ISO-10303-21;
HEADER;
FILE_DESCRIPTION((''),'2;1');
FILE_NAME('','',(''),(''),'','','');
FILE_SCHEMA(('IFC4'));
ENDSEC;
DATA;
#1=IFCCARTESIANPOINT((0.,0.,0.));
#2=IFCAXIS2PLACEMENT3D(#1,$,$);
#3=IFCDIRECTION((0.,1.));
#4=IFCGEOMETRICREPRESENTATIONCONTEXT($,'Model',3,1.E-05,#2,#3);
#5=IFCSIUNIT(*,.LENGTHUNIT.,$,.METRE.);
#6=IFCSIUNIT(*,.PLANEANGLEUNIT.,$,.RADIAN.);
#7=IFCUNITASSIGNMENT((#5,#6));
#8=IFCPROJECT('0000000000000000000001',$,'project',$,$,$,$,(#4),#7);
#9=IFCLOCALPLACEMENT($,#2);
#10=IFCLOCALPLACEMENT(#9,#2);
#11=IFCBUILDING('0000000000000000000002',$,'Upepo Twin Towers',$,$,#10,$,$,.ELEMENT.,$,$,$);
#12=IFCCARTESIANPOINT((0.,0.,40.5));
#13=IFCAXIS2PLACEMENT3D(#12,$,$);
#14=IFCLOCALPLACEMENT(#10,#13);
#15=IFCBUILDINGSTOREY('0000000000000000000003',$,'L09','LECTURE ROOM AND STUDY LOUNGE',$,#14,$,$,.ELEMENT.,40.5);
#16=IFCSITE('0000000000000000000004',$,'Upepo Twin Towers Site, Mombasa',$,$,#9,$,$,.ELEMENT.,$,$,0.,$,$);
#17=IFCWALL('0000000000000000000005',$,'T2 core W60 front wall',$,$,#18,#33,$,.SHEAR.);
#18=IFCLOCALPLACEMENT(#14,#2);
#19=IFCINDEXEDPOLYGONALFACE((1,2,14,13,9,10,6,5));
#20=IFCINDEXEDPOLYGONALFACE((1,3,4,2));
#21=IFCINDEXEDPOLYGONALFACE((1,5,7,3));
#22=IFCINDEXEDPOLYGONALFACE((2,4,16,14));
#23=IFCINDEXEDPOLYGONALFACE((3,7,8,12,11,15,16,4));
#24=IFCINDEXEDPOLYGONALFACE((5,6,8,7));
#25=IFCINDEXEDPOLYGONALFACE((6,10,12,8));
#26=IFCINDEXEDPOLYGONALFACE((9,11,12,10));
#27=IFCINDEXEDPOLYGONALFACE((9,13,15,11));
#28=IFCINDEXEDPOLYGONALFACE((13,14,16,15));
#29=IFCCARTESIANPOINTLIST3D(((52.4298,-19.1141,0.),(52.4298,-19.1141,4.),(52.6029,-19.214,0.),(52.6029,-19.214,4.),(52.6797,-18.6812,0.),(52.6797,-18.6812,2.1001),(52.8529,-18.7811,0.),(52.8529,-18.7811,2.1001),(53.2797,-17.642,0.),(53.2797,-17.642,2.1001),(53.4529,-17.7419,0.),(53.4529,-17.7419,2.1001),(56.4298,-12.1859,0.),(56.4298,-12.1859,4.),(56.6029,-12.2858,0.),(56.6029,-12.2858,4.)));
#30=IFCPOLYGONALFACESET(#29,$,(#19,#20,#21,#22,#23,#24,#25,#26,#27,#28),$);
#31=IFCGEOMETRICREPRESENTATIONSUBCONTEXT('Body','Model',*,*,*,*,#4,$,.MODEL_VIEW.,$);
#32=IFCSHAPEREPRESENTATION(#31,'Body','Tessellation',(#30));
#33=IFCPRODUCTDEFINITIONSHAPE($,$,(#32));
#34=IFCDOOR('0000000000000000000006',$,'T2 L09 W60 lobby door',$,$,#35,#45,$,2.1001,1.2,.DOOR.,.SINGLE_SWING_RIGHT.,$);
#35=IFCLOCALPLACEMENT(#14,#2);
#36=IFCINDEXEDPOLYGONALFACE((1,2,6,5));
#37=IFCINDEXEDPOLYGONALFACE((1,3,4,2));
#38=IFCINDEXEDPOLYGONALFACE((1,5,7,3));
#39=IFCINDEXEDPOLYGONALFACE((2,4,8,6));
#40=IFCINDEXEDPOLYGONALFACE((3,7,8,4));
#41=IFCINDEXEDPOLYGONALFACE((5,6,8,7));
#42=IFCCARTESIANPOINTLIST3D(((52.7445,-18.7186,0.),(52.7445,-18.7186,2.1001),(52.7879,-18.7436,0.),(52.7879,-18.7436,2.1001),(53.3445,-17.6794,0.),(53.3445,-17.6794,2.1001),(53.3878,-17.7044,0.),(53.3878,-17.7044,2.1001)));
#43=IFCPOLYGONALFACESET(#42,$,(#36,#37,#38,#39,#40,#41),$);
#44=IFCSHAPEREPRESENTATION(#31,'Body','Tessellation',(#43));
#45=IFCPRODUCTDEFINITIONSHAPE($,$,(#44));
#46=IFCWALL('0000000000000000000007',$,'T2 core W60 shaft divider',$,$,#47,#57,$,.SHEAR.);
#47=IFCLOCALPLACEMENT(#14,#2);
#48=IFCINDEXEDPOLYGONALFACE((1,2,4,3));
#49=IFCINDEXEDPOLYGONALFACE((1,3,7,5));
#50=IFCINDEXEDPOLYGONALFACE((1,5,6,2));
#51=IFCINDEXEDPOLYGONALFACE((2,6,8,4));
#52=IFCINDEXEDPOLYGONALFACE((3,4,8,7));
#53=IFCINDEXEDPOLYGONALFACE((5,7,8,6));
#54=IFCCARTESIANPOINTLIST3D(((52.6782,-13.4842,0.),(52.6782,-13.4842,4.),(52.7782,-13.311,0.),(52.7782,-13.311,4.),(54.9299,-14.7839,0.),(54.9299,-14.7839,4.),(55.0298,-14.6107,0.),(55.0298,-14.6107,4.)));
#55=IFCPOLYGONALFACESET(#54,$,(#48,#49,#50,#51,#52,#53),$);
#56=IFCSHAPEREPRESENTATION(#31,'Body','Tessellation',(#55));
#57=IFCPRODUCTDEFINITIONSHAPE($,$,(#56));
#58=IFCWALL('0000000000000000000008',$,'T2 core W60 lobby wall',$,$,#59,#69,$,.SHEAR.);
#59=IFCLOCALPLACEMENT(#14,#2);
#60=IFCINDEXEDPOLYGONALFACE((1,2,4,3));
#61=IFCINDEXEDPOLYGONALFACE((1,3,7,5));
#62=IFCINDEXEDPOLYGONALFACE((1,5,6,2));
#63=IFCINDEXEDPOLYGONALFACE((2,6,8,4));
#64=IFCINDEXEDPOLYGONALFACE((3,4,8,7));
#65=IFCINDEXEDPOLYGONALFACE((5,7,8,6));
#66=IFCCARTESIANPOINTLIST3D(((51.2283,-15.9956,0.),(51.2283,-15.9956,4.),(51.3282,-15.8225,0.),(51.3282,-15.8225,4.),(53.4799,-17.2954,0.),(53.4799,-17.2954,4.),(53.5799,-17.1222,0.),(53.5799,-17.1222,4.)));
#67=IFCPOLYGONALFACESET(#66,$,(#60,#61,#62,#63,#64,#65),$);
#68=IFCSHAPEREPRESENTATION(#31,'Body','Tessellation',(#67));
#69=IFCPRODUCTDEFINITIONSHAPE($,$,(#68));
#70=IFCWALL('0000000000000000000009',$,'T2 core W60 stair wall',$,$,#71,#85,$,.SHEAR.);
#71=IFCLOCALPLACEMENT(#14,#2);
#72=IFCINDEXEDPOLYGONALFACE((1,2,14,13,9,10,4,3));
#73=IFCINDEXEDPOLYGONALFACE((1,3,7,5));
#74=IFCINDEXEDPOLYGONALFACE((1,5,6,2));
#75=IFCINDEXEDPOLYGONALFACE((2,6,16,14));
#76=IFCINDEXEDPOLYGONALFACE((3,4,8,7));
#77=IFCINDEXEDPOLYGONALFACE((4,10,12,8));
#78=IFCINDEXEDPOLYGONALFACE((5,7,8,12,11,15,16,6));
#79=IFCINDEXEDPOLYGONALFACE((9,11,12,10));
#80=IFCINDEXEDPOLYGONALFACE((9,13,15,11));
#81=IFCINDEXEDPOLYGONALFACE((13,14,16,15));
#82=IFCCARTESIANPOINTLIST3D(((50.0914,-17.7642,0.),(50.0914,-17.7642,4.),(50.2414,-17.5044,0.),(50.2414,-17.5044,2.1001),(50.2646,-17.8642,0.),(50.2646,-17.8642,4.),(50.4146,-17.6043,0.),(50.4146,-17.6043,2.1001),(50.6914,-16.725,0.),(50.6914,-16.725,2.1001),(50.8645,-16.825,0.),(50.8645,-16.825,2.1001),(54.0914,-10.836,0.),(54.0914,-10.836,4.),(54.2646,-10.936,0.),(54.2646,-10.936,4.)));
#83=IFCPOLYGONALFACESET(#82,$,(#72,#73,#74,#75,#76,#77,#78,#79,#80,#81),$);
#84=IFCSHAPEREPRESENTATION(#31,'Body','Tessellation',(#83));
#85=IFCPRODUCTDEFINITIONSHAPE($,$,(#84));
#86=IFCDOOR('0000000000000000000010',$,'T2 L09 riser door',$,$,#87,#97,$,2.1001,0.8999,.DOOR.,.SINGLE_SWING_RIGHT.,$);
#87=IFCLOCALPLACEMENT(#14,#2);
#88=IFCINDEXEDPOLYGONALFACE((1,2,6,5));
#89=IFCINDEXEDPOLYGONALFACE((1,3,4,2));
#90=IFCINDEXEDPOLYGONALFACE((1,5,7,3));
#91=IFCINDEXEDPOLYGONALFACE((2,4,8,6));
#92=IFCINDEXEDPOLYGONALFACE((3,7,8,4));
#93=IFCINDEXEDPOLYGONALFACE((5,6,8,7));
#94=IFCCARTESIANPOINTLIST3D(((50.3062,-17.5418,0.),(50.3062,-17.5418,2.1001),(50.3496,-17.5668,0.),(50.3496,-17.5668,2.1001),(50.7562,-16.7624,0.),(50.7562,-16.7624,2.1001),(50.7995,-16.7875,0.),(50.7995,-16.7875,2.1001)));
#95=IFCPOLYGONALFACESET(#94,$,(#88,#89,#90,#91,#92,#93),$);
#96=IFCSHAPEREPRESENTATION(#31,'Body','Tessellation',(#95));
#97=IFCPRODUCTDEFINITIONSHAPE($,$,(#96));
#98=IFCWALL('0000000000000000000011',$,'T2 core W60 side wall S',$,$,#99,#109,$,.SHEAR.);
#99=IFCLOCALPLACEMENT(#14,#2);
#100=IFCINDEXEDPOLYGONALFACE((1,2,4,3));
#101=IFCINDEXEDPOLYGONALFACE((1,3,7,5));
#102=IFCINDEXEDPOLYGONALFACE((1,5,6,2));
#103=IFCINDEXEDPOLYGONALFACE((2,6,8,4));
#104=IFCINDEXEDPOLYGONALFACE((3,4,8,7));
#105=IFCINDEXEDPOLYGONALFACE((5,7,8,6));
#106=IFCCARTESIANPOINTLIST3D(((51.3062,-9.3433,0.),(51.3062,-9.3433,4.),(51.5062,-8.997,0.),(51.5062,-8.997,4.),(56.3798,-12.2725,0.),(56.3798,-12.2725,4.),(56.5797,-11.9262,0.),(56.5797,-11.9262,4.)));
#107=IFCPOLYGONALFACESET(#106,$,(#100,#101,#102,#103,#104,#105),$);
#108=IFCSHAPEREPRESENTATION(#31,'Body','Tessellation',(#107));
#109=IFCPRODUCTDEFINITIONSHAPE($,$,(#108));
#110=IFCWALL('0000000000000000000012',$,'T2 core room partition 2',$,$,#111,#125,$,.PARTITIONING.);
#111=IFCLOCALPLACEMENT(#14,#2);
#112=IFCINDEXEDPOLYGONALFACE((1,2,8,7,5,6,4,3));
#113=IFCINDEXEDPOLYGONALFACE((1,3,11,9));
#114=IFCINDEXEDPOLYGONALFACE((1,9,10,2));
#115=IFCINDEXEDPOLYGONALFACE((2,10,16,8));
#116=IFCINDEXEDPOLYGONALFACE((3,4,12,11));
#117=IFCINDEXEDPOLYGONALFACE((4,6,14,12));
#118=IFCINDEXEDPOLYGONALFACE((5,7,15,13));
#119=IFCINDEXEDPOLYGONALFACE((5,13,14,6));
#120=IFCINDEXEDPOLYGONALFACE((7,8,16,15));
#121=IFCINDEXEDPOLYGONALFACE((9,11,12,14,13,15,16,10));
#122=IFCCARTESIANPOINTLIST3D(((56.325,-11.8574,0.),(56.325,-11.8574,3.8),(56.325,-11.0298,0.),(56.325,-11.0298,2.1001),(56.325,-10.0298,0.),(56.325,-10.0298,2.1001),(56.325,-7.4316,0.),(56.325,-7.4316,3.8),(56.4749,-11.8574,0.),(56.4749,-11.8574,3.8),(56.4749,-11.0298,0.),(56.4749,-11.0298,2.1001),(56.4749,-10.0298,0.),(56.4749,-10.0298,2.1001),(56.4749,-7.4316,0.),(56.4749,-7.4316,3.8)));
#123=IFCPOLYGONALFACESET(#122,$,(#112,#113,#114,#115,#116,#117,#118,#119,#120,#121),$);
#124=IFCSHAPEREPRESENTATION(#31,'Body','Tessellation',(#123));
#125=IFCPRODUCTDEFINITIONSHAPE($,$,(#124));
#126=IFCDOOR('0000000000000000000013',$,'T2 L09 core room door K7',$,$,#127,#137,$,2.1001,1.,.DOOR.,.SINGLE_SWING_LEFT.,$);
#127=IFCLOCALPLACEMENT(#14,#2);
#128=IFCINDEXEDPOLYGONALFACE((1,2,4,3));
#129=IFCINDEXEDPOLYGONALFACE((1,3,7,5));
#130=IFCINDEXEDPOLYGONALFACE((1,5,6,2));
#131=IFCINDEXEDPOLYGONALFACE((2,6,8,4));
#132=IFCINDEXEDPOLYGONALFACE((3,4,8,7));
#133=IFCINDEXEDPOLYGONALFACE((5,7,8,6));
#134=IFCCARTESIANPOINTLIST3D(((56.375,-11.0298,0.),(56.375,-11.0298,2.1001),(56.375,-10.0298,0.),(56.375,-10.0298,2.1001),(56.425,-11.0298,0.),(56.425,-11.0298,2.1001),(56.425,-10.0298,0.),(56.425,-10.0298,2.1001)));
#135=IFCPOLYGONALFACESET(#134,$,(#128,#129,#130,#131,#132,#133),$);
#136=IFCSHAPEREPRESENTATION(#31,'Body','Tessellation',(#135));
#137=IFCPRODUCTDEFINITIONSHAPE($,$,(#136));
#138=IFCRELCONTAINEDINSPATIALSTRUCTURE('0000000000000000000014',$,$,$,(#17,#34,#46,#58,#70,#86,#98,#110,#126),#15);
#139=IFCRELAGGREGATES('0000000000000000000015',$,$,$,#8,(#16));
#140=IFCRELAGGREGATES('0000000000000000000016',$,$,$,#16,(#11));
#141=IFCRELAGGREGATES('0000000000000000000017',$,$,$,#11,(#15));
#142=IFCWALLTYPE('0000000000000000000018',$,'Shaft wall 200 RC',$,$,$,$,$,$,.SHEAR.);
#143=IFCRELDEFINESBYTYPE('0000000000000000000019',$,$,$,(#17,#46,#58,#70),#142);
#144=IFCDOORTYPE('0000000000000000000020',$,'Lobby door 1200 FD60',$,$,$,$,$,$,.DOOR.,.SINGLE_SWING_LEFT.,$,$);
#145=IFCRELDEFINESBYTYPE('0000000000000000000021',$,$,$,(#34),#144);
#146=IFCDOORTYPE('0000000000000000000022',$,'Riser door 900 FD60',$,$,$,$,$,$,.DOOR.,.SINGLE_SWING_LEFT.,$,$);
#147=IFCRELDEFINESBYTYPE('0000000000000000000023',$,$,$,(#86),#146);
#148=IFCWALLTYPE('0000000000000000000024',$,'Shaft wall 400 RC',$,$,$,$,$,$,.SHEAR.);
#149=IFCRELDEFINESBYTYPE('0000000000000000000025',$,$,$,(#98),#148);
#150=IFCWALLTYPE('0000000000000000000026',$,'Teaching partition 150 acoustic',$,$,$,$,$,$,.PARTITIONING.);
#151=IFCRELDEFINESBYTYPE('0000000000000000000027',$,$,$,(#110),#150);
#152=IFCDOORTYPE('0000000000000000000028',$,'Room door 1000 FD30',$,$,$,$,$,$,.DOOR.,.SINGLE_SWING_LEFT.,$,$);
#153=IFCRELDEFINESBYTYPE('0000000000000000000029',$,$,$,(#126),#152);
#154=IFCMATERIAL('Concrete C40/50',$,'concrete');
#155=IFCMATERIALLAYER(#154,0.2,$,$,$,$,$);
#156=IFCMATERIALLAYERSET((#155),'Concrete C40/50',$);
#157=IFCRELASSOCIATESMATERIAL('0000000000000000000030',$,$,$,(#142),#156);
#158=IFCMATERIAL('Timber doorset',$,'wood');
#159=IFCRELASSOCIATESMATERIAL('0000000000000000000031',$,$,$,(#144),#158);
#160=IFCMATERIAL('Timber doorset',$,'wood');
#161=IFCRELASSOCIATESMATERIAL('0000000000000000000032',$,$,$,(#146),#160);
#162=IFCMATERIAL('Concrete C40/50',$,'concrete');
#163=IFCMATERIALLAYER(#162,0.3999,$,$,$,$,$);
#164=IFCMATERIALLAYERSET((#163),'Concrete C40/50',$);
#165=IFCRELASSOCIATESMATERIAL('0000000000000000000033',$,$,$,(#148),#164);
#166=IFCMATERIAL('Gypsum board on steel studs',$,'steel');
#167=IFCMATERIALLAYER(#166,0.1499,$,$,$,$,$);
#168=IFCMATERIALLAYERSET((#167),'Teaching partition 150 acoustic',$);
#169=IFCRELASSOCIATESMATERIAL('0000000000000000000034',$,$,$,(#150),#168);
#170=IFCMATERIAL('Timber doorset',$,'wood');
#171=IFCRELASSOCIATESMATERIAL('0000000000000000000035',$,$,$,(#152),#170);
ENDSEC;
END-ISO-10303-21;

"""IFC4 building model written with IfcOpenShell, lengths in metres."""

from ifc_helpers import new_model, si_unit, direction, frame, frame_2d, origin, place, context, subcontext, project, spatial, rectangle, extrude, material, layer, layer_set, type_object, element, fill, save


model = new_model("IFC4")

# Units and contexts
model_context = context("Model", 3, precision=1e-05, world=origin(), true_north=direction((0.0, 1.0)))
body_context = subcontext(model_context, "Body", "Model", "MODEL_VIEW")
ifc_project = project(units=[si_unit("LENGTHUNIT", "METRE"), si_unit("PLANEANGLEUNIT", "RADIAN")], contexts=[model_context])

# Site, building, storey
site_placement = place(None, origin())
site = spatial("IfcSite", under=ifc_project, at=site_placement, Name="Upepo Twin Towers Site, Mombasa", CompositionType="ELEMENT", RefElevation=0.0)
building_placement = place(site_placement, origin())
building = spatial("IfcBuilding", under=site, at=building_placement, Name="Upepo Twin Towers", CompositionType="ELEMENT")
storey_placement = place(building_placement, frame((0.0, 0.0, 40.5)))
storey = spatial("IfcBuildingStorey", under=building, at=storey_placement, Name="L09", Description="LECTURE ROOM AND STUDY LOUNGE", CompositionType="ELEMENT", Elevation=40.5)

# Wall, opening, door
ifc_material_1 = material(Name="Concrete C40/50", Category="concrete")
ifc_layer_1 = layer(ifc_material_1, 0.2)
ifc_layer_set_1 = layer_set([ifc_layer_1], Name="Concrete C40/50")
wall_type_1 = type_object("IfcWallType", Name="Shaft wall 200 RC", PredefinedType="SHEAR", material=ifc_layer_set_1)
wall_1_placement = place(storey_placement, frame((56.5164, -12.2358, 0.0), z_axis=(0.0, 0.0, 1.0), x_axis=(-0.499999, -0.866026, 0.0)))
wall_1 = element("IfcWall", 1, at=wall_1_placement, inside=storey, type_object=wall_type_1, Name="T2 core W60 front wall", PredefinedType="SHEAR", context=body_context, shape_type="SweptSolid", body=[
    extrude(rectangle(XDim=8.0, YDim=0.2, at=frame_2d((4.0, 0.0))), origin(), (0.0, 0.0, 1.0), 4.0),
])
opening_1_placement = place(wall_1_placement, frame((6.3, 0.0, 0.0)))
opening_1 = element("IfcOpeningElement", 2, at=opening_1_placement, cuts=wall_1, PredefinedType="OPENING", context=body_context, shape_type="SweptSolid", body=[
    extrude(rectangle(XDim=1.2, YDim=2.1001, at=frame_2d((0.6001, 1.05))), frame((0.0, 0.1099, 0.0), z_axis=(0.0, -1.0, 0.0), x_axis=(1.0, 0.0, 0.0)), (0.0, 0.0, 1.0), 0.22),
])
ifc_material_2 = material(Name="Timber doorset", Category="wood")
door_type_1 = type_object("IfcDoorType", Name="Lobby door 1200 FD60", OperationType="SINGLE_SWING_LEFT", PredefinedType="DOOR", material=ifc_material_2)
door_1_placement = place(opening_1_placement, origin())
door_1 = element("IfcDoor", 3, at=door_1_placement, inside=storey, type_object=door_type_1, Name="T2 L09 W60 lobby door", OperationType="SINGLE_SWING_RIGHT", OverallHeight=2.1001, OverallWidth=1.2, PredefinedType="DOOR", context=body_context, shape_type="SweptSolid", body=[
    extrude(rectangle(XDim=1.2, YDim=2.1001, at=frame_2d((0.6001, 1.05))), frame((0.0, 0.0249, 0.0), z_axis=(0.0, -1.0, 0.0), x_axis=(1.0, 0.0, 0.0)), (0.0, 0.0, 1.0), 0.05),
])
fill(opening_1, door_1)

# Walls
for number, where, z_axis, x_axis, name in (
    (4, (54.9797, -14.6973, 0.0), (0.0, 0.0, 1.0), (-0.866062, 0.499937, 0.0), "T2 core W60 shaft divider"),
    (5, (53.5298, -17.2087, 0.0), (0.0, 0.0, 1.0), (-0.866062, 0.499937, 0.0), "T2 core W60 lobby wall"),
):
    element("IfcWall", number, at=place(storey_placement, frame(where, z_axis=z_axis, x_axis=x_axis)), inside=storey, type_object=wall_type_1, Name=name, PredefinedType="SHEAR", context=body_context, shape_type="SweptSolid", body=[
        extrude(rectangle(XDim=2.5999, YDim=0.2, at=frame_2d((1.2998, 0.0))), origin(), (0.0, 0.0, 1.0), 4.0),
    ])

# Wall, opening, door
wall_2_placement = place(storey_placement, frame((54.178, -10.886, 0.0), z_axis=(0.0, 0.0, 1.0), x_axis=(-0.499999, -0.866026, 0.0)))
wall_2 = element("IfcWall", 6, at=wall_2_placement, inside=storey, type_object=wall_type_1, Name="T2 core W60 stair wall", PredefinedType="SHEAR", context=body_context, shape_type="SweptSolid", body=[
    extrude(rectangle(XDim=8.0, YDim=0.2, at=frame_2d((4.0, 0.0))), origin(), (0.0, 0.0, 1.0), 4.0),
])
opening_2_placement = place(wall_2_placement, frame((6.8, 0.0, 0.0)))
opening_2 = element("IfcOpeningElement", 7, at=opening_2_placement, cuts=wall_2, PredefinedType="OPENING", context=body_context, shape_type="SweptSolid", body=[
    extrude(rectangle(XDim=0.8999, YDim=2.1001, at=frame_2d((0.45, 1.05))), frame((0.0, 0.1099, 0.0), z_axis=(0.0, -1.0, 0.0), x_axis=(1.0, 0.0, 0.0)), (0.0, 0.0, 1.0), 0.22),
])
ifc_material_3 = material(Name="Timber doorset", Category="wood")
door_type_2 = type_object("IfcDoorType", Name="Riser door 900 FD60", OperationType="SINGLE_SWING_LEFT", PredefinedType="DOOR", material=ifc_material_3)
door_2_placement = place(opening_2_placement, origin())
door_2 = element("IfcDoor", 8, at=door_2_placement, inside=storey, type_object=door_type_2, Name="T2 L09 riser door", OperationType="SINGLE_SWING_RIGHT", OverallHeight=2.1001, OverallWidth=0.8999, PredefinedType="DOOR", context=body_context, shape_type="SweptSolid", body=[
    extrude(rectangle(XDim=0.8999, YDim=2.1001, at=frame_2d((0.45, 1.05))), frame((0.0, 0.0249, 0.0), z_axis=(0.0, -1.0, 0.0), x_axis=(1.0, 0.0, 0.0)), (0.0, 0.0, 1.0), 0.05),
])
fill(opening_2, door_2)

# Wall
ifc_material_4 = material(Name="Concrete C40/50", Category="concrete")
ifc_layer_2 = layer(ifc_material_4, 0.3999)
ifc_layer_set_2 = layer_set([ifc_layer_2], Name="Concrete C40/50")
wall_type_2 = type_object("IfcWallType", Name="Shaft wall 400 RC", PredefinedType="SHEAR", material=ifc_layer_set_2)
wall_3_placement = place(storey_placement, frame((56.4797, -12.0994, 0.0), z_axis=(0.0, 0.0, 1.0), x_axis=(-0.866024, 0.500003, 0.0)))
element("IfcWall", 9, at=wall_3_placement, inside=storey, type_object=wall_type_2, Name="T2 core W60 side wall S", PredefinedType="SHEAR", context=body_context, shape_type="SweptSolid", body=[
    extrude(rectangle(XDim=5.8584, YDim=0.3999, at=frame_2d((2.9292, 0.0))), origin(), (0.0, 0.0, 1.0), 4.0),
])

# Wall, opening, door
ifc_material_5 = material(Name="Gypsum board on steel studs", Category="steel")
ifc_layer_3 = layer(ifc_material_5, 0.1499)
ifc_layer_set_3 = layer_set([ifc_layer_3], Name="Teaching partition 150 acoustic")
wall_type_3 = type_object("IfcWallType", Name="Teaching partition 150 acoustic", PredefinedType="PARTITIONING", material=ifc_layer_set_3)
wall_4_placement = place(storey_placement, frame((56.3999, -11.8574, 0.0), z_axis=(0.0, 0.0, 1.0), x_axis=(0.0, 1.0, 0.0)))
wall_4 = element("IfcWall", 10, at=wall_4_placement, inside=storey, type_object=wall_type_3, Name="T2 core room partition 2", PredefinedType="PARTITIONING", context=body_context, shape_type="SweptSolid", body=[
    extrude(rectangle(XDim=4.4258, YDim=0.1499, at=frame_2d((2.2129, 0.0))), origin(), (0.0, 0.0, 1.0), 3.8),
])
opening_3_placement = place(wall_4_placement, frame((0.8276, 0.0, 0.0)))
opening_3 = element("IfcOpeningElement", 11, at=opening_3_placement, cuts=wall_4, PredefinedType="OPENING", context=body_context, shape_type="SweptSolid", body=[
    extrude(rectangle(XDim=1.0, YDim=2.1001, at=frame_2d((0.5, 1.05))), frame((0.0, 0.085, 0.0), z_axis=(0.0, -1.0, 0.0), x_axis=(1.0, 0.0, 0.0)), (0.0, 0.0, 1.0), 0.1699),
])
ifc_material_6 = material(Name="Timber doorset", Category="wood")
door_type_3 = type_object("IfcDoorType", Name="Room door 1000 FD30", OperationType="SINGLE_SWING_LEFT", PredefinedType="DOOR", material=ifc_material_6)
door_3_placement = place(opening_3_placement, origin())
door_3 = element("IfcDoor", 12, at=door_3_placement, inside=storey, type_object=door_type_3, Name="T2 L09 core room door K7", OperationType="SINGLE_SWING_LEFT", OverallHeight=2.1001, OverallWidth=1.0, PredefinedType="DOOR", context=body_context, shape_type="SweptSolid", body=[
    extrude(rectangle(XDim=1.0, YDim=2.1001, at=frame_2d((0.5, 1.05))), frame((0.0, 0.0249, 0.0), z_axis=(0.0, -1.0, 0.0), x_axis=(1.0, 0.0, 0.0)), (0.0, 0.0, 1.0), 0.05),
])
fill(opening_3, door_3)

save(model, "model.ifc")
